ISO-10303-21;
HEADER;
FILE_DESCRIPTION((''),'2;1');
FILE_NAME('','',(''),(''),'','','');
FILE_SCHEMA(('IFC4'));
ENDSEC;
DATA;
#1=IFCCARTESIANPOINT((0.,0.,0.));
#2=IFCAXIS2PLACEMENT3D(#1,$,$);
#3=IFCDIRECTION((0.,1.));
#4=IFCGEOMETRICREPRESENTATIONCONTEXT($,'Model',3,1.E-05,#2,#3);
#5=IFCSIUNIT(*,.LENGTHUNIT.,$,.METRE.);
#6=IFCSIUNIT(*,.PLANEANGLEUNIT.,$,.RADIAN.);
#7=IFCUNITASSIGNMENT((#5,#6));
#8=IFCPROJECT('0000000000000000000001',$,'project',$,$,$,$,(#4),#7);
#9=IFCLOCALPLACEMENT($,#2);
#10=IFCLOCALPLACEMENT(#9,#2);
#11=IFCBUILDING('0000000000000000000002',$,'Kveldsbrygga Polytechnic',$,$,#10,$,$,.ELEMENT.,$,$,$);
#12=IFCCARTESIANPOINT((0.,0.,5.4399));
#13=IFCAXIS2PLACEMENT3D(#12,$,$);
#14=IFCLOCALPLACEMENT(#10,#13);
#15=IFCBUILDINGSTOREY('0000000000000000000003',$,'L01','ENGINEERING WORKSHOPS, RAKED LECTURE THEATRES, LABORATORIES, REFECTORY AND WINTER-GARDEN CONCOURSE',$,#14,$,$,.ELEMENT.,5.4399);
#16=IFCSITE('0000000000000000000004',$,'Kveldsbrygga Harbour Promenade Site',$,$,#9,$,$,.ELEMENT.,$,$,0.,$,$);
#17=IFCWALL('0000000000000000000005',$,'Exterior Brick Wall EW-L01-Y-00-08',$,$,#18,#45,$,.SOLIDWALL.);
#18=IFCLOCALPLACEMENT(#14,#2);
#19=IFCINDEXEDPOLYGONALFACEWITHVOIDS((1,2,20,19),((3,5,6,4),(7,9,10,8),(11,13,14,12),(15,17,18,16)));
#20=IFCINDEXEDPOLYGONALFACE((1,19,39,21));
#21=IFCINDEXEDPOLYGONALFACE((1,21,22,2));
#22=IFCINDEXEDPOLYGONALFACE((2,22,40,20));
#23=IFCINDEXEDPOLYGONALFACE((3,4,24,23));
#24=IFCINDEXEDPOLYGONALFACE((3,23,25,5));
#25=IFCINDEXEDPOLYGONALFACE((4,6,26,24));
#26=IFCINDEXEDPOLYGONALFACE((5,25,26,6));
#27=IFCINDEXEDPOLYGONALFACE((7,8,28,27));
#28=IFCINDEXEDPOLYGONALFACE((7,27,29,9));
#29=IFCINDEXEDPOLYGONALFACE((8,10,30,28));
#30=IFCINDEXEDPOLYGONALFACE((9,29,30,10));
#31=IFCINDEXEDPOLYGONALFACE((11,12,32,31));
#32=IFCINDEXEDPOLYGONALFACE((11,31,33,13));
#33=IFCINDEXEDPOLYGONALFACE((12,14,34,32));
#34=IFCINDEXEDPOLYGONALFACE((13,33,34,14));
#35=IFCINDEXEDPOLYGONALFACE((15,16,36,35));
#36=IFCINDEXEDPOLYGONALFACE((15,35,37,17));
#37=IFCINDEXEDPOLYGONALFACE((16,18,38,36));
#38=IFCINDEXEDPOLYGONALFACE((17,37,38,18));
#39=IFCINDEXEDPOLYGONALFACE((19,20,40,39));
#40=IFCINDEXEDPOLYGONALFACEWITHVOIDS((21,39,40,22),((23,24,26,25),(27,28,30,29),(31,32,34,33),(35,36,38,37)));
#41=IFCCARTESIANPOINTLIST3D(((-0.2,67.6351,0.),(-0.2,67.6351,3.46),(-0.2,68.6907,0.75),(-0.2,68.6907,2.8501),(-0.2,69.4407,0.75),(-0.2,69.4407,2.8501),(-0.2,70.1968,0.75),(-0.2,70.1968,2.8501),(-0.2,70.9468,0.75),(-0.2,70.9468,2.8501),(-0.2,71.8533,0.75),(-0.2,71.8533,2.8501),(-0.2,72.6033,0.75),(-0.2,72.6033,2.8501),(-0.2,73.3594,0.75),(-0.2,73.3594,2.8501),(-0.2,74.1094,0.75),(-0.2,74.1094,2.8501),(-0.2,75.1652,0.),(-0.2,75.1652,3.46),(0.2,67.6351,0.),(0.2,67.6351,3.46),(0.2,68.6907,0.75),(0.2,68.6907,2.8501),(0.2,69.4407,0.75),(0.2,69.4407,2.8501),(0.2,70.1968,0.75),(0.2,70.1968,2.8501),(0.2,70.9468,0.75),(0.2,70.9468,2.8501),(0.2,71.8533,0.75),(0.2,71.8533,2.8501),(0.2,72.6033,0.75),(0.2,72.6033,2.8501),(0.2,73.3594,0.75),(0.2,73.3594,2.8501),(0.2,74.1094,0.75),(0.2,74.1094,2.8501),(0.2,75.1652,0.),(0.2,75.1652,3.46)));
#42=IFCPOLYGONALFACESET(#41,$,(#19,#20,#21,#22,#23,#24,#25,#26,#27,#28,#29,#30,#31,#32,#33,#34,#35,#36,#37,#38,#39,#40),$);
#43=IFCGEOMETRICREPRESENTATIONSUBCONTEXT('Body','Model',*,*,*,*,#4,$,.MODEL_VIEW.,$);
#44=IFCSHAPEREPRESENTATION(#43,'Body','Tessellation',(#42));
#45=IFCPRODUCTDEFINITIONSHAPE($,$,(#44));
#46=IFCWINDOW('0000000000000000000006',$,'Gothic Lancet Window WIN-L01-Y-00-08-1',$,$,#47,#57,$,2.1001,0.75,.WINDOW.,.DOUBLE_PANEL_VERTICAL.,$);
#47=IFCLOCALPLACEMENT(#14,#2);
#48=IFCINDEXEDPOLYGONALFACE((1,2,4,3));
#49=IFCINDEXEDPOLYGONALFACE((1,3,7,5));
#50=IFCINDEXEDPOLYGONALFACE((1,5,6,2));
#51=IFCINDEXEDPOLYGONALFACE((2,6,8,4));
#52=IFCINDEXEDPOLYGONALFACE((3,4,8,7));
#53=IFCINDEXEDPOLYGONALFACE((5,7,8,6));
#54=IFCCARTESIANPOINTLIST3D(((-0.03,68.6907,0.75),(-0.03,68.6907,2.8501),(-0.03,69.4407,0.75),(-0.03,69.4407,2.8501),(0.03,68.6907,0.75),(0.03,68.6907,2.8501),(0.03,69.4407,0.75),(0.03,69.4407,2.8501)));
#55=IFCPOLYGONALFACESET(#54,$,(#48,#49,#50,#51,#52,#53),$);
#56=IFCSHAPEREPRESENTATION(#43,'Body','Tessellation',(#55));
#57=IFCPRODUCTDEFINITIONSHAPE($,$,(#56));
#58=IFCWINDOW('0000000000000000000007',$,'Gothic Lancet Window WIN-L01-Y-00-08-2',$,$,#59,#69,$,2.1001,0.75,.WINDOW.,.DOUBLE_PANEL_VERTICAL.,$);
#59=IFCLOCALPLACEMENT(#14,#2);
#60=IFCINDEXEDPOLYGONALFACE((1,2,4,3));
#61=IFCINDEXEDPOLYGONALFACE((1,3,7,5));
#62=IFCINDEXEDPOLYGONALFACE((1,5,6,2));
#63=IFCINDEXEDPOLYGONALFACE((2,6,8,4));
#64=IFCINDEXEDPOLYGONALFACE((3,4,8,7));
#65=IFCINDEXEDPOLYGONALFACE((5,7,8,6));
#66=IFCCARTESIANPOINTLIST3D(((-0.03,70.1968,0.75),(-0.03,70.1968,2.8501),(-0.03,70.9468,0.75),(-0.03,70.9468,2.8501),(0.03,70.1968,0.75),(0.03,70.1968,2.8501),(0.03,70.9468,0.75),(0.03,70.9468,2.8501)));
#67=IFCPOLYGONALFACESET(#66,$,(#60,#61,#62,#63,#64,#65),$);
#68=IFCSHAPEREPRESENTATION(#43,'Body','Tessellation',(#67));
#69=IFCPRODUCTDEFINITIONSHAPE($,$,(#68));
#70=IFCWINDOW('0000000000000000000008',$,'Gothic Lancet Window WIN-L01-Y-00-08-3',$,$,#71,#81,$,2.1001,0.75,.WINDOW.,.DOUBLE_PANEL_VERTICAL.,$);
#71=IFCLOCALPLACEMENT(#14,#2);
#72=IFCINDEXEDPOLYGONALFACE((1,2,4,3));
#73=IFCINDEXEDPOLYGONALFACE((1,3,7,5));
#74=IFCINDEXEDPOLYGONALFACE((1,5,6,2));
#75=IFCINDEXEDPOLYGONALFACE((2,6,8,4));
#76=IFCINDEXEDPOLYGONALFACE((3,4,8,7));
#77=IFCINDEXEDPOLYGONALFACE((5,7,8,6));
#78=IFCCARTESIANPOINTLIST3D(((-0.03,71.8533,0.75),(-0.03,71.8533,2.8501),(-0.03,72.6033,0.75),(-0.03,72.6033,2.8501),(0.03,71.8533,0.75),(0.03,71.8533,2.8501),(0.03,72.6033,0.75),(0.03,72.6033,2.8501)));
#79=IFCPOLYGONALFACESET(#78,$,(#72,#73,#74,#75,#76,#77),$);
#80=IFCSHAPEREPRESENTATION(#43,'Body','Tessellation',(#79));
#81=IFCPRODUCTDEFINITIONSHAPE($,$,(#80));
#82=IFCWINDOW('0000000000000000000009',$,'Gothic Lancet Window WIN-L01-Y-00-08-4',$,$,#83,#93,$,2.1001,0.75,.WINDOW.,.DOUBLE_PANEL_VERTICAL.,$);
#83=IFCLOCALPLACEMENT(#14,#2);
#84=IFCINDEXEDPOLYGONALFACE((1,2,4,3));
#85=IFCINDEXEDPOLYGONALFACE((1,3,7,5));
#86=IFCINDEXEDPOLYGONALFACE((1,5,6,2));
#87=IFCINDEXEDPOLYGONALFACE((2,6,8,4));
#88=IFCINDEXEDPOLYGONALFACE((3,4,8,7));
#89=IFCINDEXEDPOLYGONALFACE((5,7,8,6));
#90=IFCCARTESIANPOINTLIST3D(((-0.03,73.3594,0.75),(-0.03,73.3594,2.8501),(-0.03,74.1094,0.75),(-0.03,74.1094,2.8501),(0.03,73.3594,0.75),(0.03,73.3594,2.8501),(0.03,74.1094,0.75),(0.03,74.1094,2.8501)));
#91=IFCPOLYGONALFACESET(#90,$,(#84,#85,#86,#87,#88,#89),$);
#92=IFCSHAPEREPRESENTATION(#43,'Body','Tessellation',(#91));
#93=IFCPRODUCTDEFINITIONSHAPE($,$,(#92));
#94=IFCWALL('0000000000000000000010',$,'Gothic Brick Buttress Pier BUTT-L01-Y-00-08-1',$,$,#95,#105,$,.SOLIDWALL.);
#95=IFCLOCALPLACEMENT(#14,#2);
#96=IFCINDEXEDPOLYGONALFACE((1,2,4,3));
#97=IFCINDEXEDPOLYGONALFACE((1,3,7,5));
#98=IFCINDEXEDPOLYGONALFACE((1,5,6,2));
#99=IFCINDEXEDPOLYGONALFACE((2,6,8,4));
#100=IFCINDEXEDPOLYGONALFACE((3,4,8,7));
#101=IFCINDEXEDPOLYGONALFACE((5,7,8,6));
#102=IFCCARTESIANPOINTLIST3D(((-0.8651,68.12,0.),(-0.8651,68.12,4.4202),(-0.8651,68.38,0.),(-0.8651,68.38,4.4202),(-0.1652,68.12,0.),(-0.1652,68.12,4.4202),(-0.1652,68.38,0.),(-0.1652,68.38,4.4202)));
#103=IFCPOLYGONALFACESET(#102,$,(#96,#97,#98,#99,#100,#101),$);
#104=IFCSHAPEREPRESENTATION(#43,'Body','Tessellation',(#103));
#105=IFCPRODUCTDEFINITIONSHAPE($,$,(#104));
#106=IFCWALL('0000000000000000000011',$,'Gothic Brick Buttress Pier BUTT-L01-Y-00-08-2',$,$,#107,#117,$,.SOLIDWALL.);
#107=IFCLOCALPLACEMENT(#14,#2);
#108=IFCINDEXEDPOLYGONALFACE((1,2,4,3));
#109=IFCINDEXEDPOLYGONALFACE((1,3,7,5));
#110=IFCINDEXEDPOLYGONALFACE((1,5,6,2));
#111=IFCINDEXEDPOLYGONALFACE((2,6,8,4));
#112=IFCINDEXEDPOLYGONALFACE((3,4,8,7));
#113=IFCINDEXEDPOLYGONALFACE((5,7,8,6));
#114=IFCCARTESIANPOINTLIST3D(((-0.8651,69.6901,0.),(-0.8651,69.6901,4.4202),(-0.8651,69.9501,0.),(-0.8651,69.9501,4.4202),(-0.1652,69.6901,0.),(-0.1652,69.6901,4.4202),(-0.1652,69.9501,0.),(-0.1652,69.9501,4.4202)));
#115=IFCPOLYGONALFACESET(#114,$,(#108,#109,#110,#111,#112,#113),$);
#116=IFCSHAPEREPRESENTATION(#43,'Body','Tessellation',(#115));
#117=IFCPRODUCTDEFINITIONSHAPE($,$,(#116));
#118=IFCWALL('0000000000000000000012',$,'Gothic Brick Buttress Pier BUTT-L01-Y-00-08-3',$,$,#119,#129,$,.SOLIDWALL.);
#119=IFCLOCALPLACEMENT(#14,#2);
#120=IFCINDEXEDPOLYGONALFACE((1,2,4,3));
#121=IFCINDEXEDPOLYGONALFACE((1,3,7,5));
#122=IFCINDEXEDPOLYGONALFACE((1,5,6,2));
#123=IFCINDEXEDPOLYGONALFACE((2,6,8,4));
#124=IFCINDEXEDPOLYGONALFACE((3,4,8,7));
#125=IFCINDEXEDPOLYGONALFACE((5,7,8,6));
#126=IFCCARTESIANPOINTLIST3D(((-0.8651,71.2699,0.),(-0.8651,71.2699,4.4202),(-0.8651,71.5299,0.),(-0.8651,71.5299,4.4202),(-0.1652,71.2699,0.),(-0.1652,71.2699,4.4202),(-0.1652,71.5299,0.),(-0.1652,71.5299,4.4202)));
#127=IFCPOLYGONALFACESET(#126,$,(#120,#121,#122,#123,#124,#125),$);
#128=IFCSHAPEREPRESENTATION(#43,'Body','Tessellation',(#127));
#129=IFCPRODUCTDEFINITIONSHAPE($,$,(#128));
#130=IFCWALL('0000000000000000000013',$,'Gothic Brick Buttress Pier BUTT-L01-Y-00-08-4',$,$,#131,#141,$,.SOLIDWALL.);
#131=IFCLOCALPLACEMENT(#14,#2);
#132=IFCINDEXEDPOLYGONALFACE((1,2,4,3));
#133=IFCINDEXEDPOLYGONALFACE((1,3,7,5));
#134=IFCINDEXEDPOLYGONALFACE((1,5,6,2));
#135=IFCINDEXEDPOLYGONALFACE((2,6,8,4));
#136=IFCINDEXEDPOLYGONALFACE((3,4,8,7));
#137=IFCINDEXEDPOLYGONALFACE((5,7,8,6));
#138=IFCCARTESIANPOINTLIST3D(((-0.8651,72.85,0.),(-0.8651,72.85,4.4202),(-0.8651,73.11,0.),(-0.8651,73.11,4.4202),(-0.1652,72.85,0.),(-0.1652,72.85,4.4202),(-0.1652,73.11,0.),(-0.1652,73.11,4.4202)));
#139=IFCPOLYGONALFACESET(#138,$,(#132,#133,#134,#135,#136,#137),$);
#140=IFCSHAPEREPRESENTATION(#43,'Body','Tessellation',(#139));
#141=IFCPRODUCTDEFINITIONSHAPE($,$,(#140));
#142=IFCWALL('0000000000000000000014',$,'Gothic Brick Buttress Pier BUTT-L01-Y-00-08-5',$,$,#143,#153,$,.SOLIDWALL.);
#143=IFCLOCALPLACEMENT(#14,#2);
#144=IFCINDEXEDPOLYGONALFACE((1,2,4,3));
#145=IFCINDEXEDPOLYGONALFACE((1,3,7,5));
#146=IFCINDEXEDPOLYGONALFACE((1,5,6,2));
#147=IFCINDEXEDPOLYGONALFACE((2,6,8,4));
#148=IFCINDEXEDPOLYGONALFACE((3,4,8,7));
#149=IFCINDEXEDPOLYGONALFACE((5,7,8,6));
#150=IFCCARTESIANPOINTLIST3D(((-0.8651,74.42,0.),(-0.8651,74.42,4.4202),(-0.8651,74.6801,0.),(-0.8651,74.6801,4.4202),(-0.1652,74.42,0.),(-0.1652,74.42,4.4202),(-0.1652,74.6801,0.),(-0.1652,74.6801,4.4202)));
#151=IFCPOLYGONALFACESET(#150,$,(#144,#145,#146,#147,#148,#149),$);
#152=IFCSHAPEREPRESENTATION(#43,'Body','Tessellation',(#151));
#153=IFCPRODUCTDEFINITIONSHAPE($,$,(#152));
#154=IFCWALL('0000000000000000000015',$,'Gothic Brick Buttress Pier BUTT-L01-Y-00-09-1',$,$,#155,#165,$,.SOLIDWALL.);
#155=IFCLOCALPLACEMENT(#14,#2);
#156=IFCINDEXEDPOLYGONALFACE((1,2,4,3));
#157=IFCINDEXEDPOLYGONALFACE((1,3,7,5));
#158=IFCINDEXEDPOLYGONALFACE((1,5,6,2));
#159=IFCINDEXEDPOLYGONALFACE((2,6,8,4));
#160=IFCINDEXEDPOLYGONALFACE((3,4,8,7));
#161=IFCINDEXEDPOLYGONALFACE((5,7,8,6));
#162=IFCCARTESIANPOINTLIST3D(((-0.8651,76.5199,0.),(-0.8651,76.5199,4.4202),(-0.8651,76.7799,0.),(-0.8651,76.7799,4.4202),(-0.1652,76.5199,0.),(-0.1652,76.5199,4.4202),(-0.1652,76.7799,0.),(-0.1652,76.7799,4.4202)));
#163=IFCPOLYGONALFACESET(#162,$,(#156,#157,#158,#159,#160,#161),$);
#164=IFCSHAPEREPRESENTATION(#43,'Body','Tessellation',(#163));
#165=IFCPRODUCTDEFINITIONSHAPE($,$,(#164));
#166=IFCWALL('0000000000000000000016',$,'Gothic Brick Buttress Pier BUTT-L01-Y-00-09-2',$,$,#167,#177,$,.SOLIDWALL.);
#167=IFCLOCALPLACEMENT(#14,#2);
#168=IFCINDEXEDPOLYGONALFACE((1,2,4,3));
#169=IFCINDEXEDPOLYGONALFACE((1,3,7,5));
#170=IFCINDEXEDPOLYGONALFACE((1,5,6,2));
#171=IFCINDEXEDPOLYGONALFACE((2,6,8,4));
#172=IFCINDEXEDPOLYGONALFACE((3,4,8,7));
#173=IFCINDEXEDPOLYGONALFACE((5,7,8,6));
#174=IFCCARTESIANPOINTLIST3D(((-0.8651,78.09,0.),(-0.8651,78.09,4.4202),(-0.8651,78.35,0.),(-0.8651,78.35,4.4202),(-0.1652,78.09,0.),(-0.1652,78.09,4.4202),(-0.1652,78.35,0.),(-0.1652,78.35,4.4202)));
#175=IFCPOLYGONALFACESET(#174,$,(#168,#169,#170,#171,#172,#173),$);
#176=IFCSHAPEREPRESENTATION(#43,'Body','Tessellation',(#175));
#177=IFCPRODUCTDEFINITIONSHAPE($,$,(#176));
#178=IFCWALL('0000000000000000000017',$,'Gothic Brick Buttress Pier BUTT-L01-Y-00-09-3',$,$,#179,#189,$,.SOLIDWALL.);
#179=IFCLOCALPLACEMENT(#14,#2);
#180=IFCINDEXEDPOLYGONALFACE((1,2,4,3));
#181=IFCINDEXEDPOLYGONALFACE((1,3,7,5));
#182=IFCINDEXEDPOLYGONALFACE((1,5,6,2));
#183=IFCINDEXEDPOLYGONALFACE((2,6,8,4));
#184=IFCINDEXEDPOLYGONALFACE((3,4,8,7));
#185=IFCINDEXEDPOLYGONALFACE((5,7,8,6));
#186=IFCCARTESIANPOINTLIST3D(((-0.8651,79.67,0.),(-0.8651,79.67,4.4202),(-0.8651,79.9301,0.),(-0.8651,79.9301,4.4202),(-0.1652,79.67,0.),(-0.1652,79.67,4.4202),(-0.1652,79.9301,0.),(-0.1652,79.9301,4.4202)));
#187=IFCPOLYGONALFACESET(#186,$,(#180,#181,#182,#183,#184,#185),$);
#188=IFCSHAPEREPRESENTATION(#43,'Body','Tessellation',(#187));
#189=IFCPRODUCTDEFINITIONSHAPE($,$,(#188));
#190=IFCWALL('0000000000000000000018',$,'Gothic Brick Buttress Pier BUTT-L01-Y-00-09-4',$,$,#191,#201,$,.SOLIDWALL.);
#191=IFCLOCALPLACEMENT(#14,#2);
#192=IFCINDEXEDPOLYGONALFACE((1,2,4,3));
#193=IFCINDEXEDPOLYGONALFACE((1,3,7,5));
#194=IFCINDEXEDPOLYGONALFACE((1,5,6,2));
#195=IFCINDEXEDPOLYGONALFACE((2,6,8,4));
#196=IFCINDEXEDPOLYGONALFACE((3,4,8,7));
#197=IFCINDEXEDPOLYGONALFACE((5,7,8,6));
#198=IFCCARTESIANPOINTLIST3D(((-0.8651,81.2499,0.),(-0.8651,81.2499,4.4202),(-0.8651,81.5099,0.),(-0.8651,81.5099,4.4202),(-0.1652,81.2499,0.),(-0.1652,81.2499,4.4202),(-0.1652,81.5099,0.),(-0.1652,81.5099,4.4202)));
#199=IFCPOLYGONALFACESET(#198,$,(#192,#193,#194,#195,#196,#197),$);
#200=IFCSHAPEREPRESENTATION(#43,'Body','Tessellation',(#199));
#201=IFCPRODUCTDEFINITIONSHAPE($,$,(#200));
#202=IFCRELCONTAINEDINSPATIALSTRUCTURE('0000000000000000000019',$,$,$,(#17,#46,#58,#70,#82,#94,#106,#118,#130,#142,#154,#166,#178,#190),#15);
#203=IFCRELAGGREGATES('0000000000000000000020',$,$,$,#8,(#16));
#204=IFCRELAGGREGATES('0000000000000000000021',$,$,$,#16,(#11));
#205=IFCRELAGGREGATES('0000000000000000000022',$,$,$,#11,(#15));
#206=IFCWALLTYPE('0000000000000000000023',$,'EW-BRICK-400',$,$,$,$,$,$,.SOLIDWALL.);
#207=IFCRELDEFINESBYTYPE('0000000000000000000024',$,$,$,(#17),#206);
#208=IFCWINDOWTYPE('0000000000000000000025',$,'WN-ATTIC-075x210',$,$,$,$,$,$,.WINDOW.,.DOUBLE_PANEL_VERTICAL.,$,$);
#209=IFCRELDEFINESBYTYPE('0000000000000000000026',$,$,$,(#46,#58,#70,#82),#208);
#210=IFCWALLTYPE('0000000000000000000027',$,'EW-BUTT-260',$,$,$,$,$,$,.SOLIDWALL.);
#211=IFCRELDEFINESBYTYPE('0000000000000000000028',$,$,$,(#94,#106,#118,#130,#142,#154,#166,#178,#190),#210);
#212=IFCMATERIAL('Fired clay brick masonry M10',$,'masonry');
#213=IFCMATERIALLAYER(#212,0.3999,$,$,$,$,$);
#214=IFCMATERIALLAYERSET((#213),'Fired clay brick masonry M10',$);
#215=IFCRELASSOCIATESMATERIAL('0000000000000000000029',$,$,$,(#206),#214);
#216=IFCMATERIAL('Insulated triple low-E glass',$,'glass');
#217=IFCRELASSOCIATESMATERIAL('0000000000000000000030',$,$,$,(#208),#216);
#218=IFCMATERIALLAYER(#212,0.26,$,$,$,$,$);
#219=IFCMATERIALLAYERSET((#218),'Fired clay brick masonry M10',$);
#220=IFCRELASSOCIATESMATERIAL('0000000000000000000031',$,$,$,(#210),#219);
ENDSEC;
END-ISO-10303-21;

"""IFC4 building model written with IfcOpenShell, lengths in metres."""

from ifc_helpers import new_model, si_unit, direction, frame, frame_2d, origin, place, context, subcontext, project, spatial, rectangle, extrude, material, layer, layer_set, type_object, element, fill, save


model = new_model("IFC4")

# Units and contexts
model_context = context("Model", 3, precision=1e-05, world=origin(), true_north=direction((0.0, 1.0)))
body_context = subcontext(model_context, "Body", "Model", "MODEL_VIEW")
ifc_project = project(units=[si_unit("LENGTHUNIT", "METRE"), si_unit("PLANEANGLEUNIT", "RADIAN")], contexts=[model_context])

# Site, building, storey
site_placement = place(None, origin())
site = spatial("IfcSite", under=ifc_project, at=site_placement, Name="Kveldsbrygga Harbour Promenade Site", CompositionType="ELEMENT", RefElevation=0.0)
building_placement = place(site_placement, origin())
building = spatial("IfcBuilding", under=site, at=building_placement, Name="Kveldsbrygga Polytechnic", CompositionType="ELEMENT")
storey_placement = place(building_placement, frame((0.0, 0.0, 5.4399)))
storey = spatial("IfcBuildingStorey", under=building, at=storey_placement, Name="L01", Description="ENGINEERING WORKSHOPS, RAKED LECTURE THEATRES, LABORATORIES, REFECTORY AND WINTER-GARDEN CONCOURSE", CompositionType="ELEMENT", Elevation=5.4399)

# Shared definitions
ifc_material_1 = material(Name="Fired clay brick masonry M10", Category="masonry")

# Wall, openings, windows
ifc_layer_1 = layer(ifc_material_1, 0.3999)
ifc_layer_set_1 = layer_set([ifc_layer_1], Name="Fired clay brick masonry M10")
wall_type_1 = type_object("IfcWallType", Name="EW-BRICK-400", PredefinedType="SOLIDWALL", material=ifc_layer_set_1)
wall_1_placement = place(storey_placement, frame((0.0, 67.635, 0.0), z_axis=(0.0, 0.0, 1.0), x_axis=(0.0, 1.0, 0.0)))
wall_1 = element("IfcWall", 1, at=wall_1_placement, inside=storey, type_object=wall_type_1, Name="Exterior Brick Wall EW-L01-Y-00-08", PredefinedType="SOLIDWALL", context=body_context, shape_type="SweptSolid", body=[
    extrude(rectangle(XDim=7.53, YDim=0.3999, at=frame_2d((3.7651, 0.0))), origin(), (0.0, 0.0, 1.0), 3.46),
])
opening_1_placement = place(wall_1_placement, frame((1.0557, 0.0, 0.75)))
opening_1 = element("IfcOpeningElement", 2, at=opening_1_placement, cuts=wall_1, PredefinedType="OPENING", context=body_context, shape_type="SweptSolid", body=[
    extrude(rectangle(XDim=0.75, YDim=2.1001, at=frame_2d((0.375, 1.05))), frame((0.0, 0.21, 0.0), z_axis=(0.0, -1.0, 0.0), x_axis=(1.0, 0.0, 0.0)), (0.0, 0.0, 1.0), 0.4199),
])
opening_2_placement = place(wall_1_placement, frame((2.5618, 0.0, 0.75)))
opening_2 = element("IfcOpeningElement", 3, at=opening_2_placement, cuts=wall_1, PredefinedType="OPENING", context=body_context, shape_type="SweptSolid", body=[
    extrude(rectangle(XDim=0.75, YDim=2.1001, at=frame_2d((0.375, 1.05))), frame((0.0, 0.21, 0.0), z_axis=(0.0, -1.0, 0.0), x_axis=(1.0, 0.0, 0.0)), (0.0, 0.0, 1.0), 0.4199),
])
opening_3_placement = place(wall_1_placement, frame((4.2183, 0.0, 0.75)))
opening_3 = element("IfcOpeningElement", 4, at=opening_3_placement, cuts=wall_1, PredefinedType="OPENING", context=body_context, shape_type="SweptSolid", body=[
    extrude(rectangle(XDim=0.75, YDim=2.1001, at=frame_2d((0.375, 1.05))), frame((0.0, 0.21, 0.0), z_axis=(0.0, -1.0, 0.0), x_axis=(1.0, 0.0, 0.0)), (0.0, 0.0, 1.0), 0.4199),
])
opening_4_placement = place(wall_1_placement, frame((5.7244, 0.0, 0.75)))
opening_4 = element("IfcOpeningElement", 5, at=opening_4_placement, cuts=wall_1, PredefinedType="OPENING", context=body_context, shape_type="SweptSolid", body=[
    extrude(rectangle(XDim=0.75, YDim=2.1001, at=frame_2d((0.375, 1.05))), frame((0.0, 0.21, 0.0), z_axis=(0.0, -1.0, 0.0), x_axis=(1.0, 0.0, 0.0)), (0.0, 0.0, 1.0), 0.4199),
])
ifc_material_2 = material(Name="Insulated triple low-E glass", Category="glass")
window_type = type_object("IfcWindowType", Name="WN-ATTIC-075x210", PartitioningType="DOUBLE_PANEL_VERTICAL", PredefinedType="WINDOW", material=ifc_material_2)
window_1_placement = place(opening_1_placement, origin())
window_1 = element("IfcWindow", 6, at=window_1_placement, inside=storey, type_object=window_type, Name="Gothic Lancet Window WIN-L01-Y-00-08-1", OverallHeight=2.1001, OverallWidth=0.75, PartitioningType="DOUBLE_PANEL_VERTICAL", PredefinedType="WINDOW", context=body_context, shape_type="SweptSolid", body=[
    extrude(rectangle(XDim=0.75, YDim=2.1001, at=frame_2d((0.375, 1.05))), frame((0.0, 0.03, 0.0), z_axis=(0.0, -1.0, 0.0), x_axis=(1.0, 0.0, 0.0)), (0.0, 0.0, 1.0), 0.0601),
])
fill(opening_1, window_1)
window_2_placement = place(opening_2_placement, origin())
window_2 = element("IfcWindow", 7, at=window_2_placement, inside=storey, type_object=window_type, Name="Gothic Lancet Window WIN-L01-Y-00-08-2", OverallHeight=2.1001, OverallWidth=0.75, PartitioningType="DOUBLE_PANEL_VERTICAL", PredefinedType="WINDOW", context=body_context, shape_type="SweptSolid", body=[
    extrude(rectangle(XDim=0.75, YDim=2.1001, at=frame_2d((0.375, 1.05))), frame((0.0, 0.03, 0.0), z_axis=(0.0, -1.0, 0.0), x_axis=(1.0, 0.0, 0.0)), (0.0, 0.0, 1.0), 0.0601),
])
fill(opening_2, window_2)
window_3_placement = place(opening_3_placement, origin())
window_3 = element("IfcWindow", 8, at=window_3_placement, inside=storey, type_object=window_type, Name="Gothic Lancet Window WIN-L01-Y-00-08-3", OverallHeight=2.1001, OverallWidth=0.75, PartitioningType="DOUBLE_PANEL_VERTICAL", PredefinedType="WINDOW", context=body_context, shape_type="SweptSolid", body=[
    extrude(rectangle(XDim=0.75, YDim=2.1001, at=frame_2d((0.375, 1.05))), frame((0.0, 0.03, 0.0), z_axis=(0.0, -1.0, 0.0), x_axis=(1.0, 0.0, 0.0)), (0.0, 0.0, 1.0), 0.0601),
])
fill(opening_3, window_3)
window_4_placement = place(opening_4_placement, origin())
window_4 = element("IfcWindow", 9, at=window_4_placement, inside=storey, type_object=window_type, Name="Gothic Lancet Window WIN-L01-Y-00-08-4", OverallHeight=2.1001, OverallWidth=0.75, PartitioningType="DOUBLE_PANEL_VERTICAL", PredefinedType="WINDOW", context=body_context, shape_type="SweptSolid", body=[
    extrude(rectangle(XDim=0.75, YDim=2.1001, at=frame_2d((0.375, 1.05))), frame((0.0, 0.03, 0.0), z_axis=(0.0, -1.0, 0.0), x_axis=(1.0, 0.0, 0.0)), (0.0, 0.0, 1.0), 0.0601),
])
fill(opening_4, window_4)

# Walls
ifc_layer_2 = layer(ifc_material_1, 0.26)
ifc_layer_set_2 = layer_set([ifc_layer_2], Name="Fired clay brick masonry M10")
wall_type_2 = type_object("IfcWallType", Name="EW-BUTT-260", PredefinedType="SOLIDWALL", material=ifc_layer_set_2)
for number, where, z_axis, x_axis, name in (
    (10, (-0.165, 68.25, 0.0), (0.0, 0.0, 1.0), (-1.0, 0.0, 0.0), "Gothic Brick Buttress Pier BUTT-L01-Y-00-08-1"),
    (11, (-0.165, 69.8201, 0.0), (0.0, 0.0, 1.0), (-1.0, 0.0, 0.0), "Gothic Brick Buttress Pier BUTT-L01-Y-00-08-2"),
    (12, (-0.165, 71.3999, 0.0), (0.0, 0.0, 1.0), (-1.0, 0.0, 0.0), "Gothic Brick Buttress Pier BUTT-L01-Y-00-08-3"),
    (13, (-0.165, 72.98, 0.0), (0.0, 0.0, 1.0), (-1.0, 0.0, 0.0), "Gothic Brick Buttress Pier BUTT-L01-Y-00-08-4"),
    (14, (-0.165, 74.55, 0.0), (0.0, 0.0, 1.0), (-1.0, 0.0, 0.0), "Gothic Brick Buttress Pier BUTT-L01-Y-00-08-5"),
    (15, (-0.165, 76.6499, 0.0), (0.0, 0.0, 1.0), (-1.0, 0.0, 0.0), "Gothic Brick Buttress Pier BUTT-L01-Y-00-09-1"),
    (16, (-0.165, 78.22, 0.0), (0.0, 0.0, 1.0), (-1.0, 0.0, 0.0), "Gothic Brick Buttress Pier BUTT-L01-Y-00-09-2"),
    (17, (-0.165, 79.8, 0.0), (0.0, 0.0, 1.0), (-1.0, 0.0, 0.0), "Gothic Brick Buttress Pier BUTT-L01-Y-00-09-3"),
    (18, (-0.165, 81.3799, 0.0), (0.0, 0.0, 1.0), (-1.0, 0.0, 0.0), "Gothic Brick Buttress Pier BUTT-L01-Y-00-09-4"),
):
    element("IfcWall", number, at=place(storey_placement, frame(where, z_axis=z_axis, x_axis=x_axis)), inside=storey, type_object=wall_type_2, Name=name, PredefinedType="SOLIDWALL", context=body_context, shape_type="SweptSolid", body=[
        extrude(rectangle(XDim=0.7, YDim=0.26, at=frame_2d((0.3501, 0.0))), origin(), (0.0, 0.0, 1.0), 4.4202),
    ])

save(model, "model.ifc")
